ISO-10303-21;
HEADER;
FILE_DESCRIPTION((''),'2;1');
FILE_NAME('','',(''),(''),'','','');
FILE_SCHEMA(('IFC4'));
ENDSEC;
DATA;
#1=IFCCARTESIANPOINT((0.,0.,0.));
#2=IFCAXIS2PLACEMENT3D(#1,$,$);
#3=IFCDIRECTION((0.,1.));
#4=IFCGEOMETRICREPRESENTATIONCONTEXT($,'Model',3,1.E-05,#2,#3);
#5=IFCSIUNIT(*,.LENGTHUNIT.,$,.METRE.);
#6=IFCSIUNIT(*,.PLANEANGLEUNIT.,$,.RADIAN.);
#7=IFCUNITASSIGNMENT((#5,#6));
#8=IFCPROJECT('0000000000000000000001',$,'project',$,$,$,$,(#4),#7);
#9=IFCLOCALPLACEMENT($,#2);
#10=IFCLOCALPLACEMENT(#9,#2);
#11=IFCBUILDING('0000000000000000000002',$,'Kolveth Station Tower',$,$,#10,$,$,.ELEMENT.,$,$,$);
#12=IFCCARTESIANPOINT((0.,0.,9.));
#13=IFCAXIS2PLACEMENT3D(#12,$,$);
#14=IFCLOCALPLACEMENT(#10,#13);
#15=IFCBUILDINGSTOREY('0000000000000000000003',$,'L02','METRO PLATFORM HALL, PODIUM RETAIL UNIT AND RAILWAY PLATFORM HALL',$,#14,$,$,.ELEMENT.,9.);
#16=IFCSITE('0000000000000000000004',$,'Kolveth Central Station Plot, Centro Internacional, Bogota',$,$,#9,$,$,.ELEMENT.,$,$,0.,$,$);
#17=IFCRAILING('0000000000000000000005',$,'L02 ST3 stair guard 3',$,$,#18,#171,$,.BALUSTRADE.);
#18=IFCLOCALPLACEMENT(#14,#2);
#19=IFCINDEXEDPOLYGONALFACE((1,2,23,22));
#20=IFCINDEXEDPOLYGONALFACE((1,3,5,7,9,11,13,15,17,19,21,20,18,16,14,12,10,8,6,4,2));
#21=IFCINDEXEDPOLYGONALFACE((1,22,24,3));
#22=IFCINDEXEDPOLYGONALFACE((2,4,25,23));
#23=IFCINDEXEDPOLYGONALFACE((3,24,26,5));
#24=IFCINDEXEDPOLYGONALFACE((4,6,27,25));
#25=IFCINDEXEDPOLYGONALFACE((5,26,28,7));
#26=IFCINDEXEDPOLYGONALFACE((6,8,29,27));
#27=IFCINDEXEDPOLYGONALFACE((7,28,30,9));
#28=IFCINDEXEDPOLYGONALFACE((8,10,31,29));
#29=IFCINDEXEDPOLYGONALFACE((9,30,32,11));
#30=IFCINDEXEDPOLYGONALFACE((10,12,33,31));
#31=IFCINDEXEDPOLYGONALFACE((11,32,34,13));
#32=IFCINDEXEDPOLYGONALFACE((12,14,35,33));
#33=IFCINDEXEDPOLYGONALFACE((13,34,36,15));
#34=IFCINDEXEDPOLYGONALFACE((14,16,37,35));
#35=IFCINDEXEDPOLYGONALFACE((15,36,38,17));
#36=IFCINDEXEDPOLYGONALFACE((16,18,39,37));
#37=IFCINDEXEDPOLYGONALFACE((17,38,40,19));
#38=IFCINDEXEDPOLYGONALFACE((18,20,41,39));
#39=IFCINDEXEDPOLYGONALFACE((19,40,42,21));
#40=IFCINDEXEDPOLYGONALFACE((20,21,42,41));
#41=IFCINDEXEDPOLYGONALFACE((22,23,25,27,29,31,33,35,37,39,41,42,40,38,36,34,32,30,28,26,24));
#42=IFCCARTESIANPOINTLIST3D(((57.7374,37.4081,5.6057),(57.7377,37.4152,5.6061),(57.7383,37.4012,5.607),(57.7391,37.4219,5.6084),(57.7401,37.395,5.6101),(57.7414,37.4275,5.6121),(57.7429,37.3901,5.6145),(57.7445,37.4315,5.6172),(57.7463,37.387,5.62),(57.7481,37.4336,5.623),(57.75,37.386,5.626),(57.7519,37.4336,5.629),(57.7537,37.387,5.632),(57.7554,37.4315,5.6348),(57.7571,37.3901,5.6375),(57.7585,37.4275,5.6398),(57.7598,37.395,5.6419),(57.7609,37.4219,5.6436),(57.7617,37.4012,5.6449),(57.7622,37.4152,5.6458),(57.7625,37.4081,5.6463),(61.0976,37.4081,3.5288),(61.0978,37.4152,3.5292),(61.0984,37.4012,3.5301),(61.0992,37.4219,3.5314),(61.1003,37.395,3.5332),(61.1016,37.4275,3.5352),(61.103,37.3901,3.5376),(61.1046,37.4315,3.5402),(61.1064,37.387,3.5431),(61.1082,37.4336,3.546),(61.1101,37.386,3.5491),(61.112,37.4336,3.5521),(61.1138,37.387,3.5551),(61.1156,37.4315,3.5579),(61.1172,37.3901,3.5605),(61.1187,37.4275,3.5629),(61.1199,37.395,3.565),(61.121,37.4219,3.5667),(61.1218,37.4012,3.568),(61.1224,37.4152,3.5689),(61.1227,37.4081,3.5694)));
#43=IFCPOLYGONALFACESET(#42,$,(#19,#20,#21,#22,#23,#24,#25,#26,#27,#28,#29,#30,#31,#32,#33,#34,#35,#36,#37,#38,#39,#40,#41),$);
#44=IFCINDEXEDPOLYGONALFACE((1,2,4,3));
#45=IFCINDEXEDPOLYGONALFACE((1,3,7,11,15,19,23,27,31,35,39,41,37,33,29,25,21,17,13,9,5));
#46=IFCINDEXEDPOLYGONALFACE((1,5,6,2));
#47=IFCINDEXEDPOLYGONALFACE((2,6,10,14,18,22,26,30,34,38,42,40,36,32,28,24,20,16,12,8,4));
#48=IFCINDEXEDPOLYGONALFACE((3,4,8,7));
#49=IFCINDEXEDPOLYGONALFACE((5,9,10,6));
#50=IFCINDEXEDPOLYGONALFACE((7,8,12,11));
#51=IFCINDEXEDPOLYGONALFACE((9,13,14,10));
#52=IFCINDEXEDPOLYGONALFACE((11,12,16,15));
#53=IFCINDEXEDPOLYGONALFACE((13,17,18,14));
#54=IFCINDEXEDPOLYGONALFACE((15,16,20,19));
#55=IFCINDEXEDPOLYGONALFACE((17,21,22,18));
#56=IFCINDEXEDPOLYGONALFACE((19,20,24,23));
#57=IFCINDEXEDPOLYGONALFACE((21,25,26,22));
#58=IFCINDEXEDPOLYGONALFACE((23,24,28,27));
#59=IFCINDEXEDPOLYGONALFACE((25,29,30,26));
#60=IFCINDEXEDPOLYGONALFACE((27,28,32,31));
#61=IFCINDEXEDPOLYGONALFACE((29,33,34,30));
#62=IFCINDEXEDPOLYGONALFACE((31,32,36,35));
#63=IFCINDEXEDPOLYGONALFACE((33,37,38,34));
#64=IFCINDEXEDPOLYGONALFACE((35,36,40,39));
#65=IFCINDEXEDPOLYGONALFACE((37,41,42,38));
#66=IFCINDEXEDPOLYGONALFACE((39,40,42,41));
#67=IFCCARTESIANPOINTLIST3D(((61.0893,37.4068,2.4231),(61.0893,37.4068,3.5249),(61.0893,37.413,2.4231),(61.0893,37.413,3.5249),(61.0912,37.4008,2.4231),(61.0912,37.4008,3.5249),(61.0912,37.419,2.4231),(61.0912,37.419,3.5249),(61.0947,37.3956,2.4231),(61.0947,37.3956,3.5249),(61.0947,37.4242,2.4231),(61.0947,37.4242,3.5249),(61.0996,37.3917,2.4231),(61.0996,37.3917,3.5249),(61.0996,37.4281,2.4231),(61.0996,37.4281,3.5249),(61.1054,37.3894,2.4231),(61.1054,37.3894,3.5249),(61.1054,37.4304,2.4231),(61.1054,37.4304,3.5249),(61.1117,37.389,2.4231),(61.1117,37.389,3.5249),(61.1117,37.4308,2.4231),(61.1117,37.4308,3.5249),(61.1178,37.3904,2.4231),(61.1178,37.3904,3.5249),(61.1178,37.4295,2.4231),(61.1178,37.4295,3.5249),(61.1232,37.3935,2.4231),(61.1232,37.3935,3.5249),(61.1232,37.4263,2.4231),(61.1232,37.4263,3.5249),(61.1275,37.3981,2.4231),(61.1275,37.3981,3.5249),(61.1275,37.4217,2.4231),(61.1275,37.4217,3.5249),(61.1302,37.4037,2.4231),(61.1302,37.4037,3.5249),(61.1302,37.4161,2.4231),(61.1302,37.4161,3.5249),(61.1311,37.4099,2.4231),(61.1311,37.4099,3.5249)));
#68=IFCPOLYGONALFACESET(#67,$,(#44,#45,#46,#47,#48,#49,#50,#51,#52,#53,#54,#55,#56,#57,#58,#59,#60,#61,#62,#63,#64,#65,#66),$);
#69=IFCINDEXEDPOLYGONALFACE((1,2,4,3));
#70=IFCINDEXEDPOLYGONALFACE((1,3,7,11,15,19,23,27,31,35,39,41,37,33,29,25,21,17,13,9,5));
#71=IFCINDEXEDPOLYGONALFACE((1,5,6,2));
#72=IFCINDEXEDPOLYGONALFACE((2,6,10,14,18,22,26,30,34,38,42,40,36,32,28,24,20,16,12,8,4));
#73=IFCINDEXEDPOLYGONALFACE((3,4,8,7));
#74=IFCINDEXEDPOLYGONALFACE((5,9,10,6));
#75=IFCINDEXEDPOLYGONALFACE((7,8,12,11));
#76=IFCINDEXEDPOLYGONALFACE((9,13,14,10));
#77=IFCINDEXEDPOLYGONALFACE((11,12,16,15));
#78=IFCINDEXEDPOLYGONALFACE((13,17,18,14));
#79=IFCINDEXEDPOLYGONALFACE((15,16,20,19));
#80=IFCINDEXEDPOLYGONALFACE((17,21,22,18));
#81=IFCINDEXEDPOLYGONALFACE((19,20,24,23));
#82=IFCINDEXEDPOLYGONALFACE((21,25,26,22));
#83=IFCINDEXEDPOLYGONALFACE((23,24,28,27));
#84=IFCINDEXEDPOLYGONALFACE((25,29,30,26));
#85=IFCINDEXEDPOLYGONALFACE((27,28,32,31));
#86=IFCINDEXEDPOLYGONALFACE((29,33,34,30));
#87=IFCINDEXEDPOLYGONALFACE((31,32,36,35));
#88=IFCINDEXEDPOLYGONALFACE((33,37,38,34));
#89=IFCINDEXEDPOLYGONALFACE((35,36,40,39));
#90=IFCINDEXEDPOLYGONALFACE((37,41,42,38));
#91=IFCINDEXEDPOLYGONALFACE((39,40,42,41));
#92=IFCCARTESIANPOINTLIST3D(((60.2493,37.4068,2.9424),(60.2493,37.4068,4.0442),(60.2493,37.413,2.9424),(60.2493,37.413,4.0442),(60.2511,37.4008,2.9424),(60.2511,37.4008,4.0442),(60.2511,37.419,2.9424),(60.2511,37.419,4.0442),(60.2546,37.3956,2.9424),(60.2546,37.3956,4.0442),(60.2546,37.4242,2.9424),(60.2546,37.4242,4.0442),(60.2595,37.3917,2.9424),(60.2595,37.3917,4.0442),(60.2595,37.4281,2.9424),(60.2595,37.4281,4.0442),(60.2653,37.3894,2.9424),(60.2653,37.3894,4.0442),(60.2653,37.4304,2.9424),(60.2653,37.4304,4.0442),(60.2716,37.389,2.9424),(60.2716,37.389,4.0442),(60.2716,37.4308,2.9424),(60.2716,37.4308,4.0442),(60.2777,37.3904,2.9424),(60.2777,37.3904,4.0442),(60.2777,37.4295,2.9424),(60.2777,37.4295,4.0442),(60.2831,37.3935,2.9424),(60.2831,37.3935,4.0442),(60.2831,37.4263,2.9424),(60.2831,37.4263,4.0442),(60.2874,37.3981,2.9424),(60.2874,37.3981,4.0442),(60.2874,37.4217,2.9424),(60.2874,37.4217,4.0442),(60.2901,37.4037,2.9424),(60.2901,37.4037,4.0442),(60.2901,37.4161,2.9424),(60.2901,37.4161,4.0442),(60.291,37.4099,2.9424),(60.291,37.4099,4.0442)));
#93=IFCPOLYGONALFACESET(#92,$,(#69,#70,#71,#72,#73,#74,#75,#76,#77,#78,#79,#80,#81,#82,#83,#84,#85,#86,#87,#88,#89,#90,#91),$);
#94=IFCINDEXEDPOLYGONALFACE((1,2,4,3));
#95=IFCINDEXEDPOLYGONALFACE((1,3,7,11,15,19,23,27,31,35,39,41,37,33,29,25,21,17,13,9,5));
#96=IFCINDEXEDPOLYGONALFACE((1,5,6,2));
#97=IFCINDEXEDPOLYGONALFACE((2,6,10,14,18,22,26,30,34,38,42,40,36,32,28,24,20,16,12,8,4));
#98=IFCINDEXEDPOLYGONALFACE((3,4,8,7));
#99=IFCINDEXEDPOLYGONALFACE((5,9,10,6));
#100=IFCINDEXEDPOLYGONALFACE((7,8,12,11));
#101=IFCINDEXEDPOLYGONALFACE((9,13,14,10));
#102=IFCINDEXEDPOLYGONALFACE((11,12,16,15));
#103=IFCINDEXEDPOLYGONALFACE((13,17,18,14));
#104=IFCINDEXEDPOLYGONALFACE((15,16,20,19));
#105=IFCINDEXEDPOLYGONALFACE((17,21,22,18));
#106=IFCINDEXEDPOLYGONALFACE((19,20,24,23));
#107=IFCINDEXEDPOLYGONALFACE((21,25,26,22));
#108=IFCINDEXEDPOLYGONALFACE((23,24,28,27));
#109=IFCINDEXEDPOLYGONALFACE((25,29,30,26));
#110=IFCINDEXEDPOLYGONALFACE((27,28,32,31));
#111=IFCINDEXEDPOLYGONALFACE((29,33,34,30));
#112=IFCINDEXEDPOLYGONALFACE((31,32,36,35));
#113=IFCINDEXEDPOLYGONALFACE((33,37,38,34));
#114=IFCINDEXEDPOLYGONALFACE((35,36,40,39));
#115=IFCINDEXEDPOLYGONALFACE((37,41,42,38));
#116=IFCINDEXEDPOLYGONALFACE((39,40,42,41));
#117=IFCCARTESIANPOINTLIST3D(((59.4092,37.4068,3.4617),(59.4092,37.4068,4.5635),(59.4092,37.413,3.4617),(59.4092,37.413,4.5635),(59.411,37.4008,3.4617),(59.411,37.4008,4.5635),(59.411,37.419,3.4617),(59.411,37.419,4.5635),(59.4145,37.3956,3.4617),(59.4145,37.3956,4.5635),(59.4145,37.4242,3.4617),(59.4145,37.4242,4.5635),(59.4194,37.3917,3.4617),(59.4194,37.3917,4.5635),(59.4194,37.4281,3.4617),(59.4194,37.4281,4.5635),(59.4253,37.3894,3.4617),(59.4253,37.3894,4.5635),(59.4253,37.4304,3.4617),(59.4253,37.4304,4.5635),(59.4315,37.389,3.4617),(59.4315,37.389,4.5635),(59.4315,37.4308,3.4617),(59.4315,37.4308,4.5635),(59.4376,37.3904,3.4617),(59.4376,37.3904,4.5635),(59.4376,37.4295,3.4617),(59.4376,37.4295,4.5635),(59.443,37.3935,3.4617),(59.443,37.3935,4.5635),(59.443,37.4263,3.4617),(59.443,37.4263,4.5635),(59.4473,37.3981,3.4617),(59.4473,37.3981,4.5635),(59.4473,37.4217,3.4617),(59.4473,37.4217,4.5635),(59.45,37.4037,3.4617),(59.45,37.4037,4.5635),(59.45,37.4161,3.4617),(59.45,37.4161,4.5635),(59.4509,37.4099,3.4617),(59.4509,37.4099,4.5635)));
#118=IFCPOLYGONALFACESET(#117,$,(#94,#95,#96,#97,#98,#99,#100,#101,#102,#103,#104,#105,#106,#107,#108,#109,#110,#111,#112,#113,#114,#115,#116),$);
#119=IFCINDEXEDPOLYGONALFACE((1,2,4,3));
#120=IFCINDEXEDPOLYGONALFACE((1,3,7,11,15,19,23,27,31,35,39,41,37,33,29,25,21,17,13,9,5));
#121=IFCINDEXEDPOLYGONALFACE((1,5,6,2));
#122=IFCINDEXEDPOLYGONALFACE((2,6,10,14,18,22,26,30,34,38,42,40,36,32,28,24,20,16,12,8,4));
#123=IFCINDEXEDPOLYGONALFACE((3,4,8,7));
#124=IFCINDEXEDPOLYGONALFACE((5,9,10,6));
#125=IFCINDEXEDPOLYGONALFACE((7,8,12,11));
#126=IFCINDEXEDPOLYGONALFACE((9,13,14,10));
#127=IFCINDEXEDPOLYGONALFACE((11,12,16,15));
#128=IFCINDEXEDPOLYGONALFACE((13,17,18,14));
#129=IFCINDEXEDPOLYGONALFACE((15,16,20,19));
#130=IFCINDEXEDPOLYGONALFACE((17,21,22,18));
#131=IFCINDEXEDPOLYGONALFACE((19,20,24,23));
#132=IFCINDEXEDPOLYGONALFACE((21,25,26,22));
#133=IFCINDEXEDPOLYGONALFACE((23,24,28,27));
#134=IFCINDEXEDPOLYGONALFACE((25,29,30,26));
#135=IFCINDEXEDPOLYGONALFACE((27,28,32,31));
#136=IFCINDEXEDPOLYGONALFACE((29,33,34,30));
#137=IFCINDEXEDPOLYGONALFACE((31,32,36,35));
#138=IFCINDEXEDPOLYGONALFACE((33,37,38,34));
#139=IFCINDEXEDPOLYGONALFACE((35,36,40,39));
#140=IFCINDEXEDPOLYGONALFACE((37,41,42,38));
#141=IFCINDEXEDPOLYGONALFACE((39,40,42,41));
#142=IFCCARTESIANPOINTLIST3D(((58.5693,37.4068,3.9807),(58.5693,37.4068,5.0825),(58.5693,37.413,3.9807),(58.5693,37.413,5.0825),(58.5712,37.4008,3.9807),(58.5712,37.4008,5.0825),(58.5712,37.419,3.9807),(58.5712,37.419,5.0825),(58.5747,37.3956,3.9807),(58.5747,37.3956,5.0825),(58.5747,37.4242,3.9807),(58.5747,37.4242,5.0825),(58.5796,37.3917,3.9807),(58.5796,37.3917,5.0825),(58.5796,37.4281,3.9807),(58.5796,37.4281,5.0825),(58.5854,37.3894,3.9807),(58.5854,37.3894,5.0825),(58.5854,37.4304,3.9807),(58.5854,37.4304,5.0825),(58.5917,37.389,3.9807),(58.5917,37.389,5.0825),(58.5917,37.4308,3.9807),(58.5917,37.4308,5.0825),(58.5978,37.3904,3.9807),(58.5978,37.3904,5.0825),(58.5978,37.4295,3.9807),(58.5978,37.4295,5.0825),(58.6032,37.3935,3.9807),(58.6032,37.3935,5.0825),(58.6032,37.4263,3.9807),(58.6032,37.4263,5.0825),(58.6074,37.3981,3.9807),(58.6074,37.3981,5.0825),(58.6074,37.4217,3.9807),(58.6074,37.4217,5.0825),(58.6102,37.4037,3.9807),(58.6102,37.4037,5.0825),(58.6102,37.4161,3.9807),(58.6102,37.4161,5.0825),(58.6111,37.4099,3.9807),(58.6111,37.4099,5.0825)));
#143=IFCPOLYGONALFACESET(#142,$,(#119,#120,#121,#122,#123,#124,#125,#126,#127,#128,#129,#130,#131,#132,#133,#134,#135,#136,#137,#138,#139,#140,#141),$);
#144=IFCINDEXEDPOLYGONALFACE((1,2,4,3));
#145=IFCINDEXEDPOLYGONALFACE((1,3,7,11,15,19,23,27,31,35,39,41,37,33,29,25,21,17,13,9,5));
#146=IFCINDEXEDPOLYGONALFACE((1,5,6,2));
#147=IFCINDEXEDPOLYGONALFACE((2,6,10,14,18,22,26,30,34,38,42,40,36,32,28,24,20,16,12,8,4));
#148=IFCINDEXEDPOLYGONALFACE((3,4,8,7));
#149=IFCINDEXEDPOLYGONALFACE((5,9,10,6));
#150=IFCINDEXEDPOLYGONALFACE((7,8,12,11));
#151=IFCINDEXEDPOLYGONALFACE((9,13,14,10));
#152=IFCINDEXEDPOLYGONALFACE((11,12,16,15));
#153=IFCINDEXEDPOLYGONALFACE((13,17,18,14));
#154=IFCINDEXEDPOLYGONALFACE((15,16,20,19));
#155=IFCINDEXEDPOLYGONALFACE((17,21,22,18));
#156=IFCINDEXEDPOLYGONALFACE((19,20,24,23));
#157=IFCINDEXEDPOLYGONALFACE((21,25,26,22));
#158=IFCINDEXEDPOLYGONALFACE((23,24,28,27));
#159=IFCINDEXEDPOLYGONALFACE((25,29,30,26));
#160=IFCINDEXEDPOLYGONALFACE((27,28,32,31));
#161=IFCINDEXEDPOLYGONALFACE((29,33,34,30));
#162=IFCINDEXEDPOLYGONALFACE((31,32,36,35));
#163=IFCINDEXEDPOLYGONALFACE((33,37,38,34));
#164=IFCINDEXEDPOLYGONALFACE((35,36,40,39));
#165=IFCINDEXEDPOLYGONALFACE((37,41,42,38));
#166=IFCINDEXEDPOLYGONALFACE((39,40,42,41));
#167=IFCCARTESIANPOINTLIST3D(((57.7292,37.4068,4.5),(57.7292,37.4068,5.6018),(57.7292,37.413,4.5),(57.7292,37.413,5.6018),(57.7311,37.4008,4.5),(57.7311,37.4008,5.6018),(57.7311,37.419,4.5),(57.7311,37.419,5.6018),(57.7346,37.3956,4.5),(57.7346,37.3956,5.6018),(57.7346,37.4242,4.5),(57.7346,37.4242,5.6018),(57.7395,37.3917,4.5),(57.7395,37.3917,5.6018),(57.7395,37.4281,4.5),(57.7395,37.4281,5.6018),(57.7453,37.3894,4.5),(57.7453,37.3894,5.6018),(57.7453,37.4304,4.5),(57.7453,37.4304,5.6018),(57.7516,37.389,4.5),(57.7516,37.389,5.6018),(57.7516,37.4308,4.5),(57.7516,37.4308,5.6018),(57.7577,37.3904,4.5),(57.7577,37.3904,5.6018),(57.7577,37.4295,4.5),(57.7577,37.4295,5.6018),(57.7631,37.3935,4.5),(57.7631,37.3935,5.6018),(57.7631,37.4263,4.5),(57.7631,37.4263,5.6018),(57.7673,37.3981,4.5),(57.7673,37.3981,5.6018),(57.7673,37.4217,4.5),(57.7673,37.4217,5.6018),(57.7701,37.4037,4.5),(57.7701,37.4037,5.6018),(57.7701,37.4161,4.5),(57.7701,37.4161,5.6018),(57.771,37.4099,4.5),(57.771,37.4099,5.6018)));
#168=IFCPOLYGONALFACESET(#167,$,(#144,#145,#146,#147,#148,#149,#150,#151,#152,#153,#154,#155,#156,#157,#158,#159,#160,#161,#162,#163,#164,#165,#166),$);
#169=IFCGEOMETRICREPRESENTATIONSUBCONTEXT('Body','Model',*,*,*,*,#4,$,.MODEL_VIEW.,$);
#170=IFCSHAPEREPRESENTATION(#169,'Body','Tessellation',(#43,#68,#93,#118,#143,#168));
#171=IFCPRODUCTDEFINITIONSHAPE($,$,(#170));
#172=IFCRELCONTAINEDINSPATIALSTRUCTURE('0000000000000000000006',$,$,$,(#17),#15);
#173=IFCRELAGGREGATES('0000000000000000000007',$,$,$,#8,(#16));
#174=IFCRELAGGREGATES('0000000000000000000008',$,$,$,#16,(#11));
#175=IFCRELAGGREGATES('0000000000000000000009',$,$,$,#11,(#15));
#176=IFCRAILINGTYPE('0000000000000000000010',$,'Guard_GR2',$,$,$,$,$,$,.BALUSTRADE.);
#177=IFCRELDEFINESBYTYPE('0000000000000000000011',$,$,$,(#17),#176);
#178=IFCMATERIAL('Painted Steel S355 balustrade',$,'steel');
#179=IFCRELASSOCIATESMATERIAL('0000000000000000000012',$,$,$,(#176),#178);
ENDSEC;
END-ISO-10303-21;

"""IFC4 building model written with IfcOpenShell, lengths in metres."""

from ifc_helpers import new_model, si_unit, direction, frame, origin, origin_2d, place, context, subcontext, project, spatial, circle, extrude, material, type_object, element, save


model = new_model("IFC4")

# Units and contexts
model_context = context("Model", 3, precision=1e-05, world=origin(), true_north=direction((0.0, 1.0)))
body_context = subcontext(model_context, "Body", "Model", "MODEL_VIEW")
ifc_project = project(units=[si_unit("LENGTHUNIT", "METRE"), si_unit("PLANEANGLEUNIT", "RADIAN")], contexts=[model_context])

# Site, building, storey
site_placement = place(None, origin())
site = spatial("IfcSite", under=ifc_project, at=site_placement, Name="Kolveth Central Station Plot, Centro Internacional, Bogota", CompositionType="ELEMENT", RefElevation=0.0)
building_placement = place(site_placement, origin())
building = spatial("IfcBuilding", under=site, at=building_placement, Name="Kolveth Station Tower", CompositionType="ELEMENT")
storey_placement = place(building_placement, frame((0.0, 0.0, 9.0)))
storey = spatial("IfcBuildingStorey", under=building, at=storey_placement, Name="L02", Description="METRO PLATFORM HALL, PODIUM RETAIL UNIT AND RAILWAY PLATFORM HALL", CompositionType="ELEMENT", Elevation=9.0)

# Railing
ifc_material_1 = material(Name="Painted Steel S355 balustrade", Category="steel")
railing_type_1 = type_object("IfcRailingType", Name="Guard_GR2", PredefinedType="BALUSTRADE", material=ifc_material_1)
railing_1_placement = place(storey_placement, frame((61.1101, 37.4099, 2.4231)))
element("IfcRailing", 1, at=railing_1_placement, inside=storey, type_object=railing_type_1, Name="L02 ST3 stair guard 3", PredefinedType="BALUSTRADE", context=body_context, shape_type="SweptSolid", body=[
    extrude(circle(Radius=0.0239, at=origin_2d()), frame((0.0, 0.0, 1.126), z_axis=(-0.850623, 0.0, 0.525776), x_axis=(0.0, -1.0, 0.0)), (0.0, 0.0, 1.0), 3.9502),
    extrude(circle(Radius=0.021, at=origin_2d()), origin(), (0.0, 0.0, 1.0), 1.1018),
    extrude(circle(Radius=0.021, at=origin_2d()), frame((-0.8401, 0.0, 0.5193)), (0.0, 0.0, 1.0), 1.1018),
    extrude(circle(Radius=0.021, at=origin_2d()), frame((-1.6802, 0.0, 1.0386)), (0.0, 0.0, 1.0), 1.1018),
    extrude(circle(Radius=0.021, at=origin_2d()), frame((-2.52, 0.0, 1.5576)), (0.0, 0.0, 1.0), 1.1018),
    extrude(circle(Radius=0.021, at=origin_2d()), frame((-3.3601, 0.0, 2.0769)), (0.0, 0.0, 1.0), 1.1018),
])

save(model, "model.ifc")
